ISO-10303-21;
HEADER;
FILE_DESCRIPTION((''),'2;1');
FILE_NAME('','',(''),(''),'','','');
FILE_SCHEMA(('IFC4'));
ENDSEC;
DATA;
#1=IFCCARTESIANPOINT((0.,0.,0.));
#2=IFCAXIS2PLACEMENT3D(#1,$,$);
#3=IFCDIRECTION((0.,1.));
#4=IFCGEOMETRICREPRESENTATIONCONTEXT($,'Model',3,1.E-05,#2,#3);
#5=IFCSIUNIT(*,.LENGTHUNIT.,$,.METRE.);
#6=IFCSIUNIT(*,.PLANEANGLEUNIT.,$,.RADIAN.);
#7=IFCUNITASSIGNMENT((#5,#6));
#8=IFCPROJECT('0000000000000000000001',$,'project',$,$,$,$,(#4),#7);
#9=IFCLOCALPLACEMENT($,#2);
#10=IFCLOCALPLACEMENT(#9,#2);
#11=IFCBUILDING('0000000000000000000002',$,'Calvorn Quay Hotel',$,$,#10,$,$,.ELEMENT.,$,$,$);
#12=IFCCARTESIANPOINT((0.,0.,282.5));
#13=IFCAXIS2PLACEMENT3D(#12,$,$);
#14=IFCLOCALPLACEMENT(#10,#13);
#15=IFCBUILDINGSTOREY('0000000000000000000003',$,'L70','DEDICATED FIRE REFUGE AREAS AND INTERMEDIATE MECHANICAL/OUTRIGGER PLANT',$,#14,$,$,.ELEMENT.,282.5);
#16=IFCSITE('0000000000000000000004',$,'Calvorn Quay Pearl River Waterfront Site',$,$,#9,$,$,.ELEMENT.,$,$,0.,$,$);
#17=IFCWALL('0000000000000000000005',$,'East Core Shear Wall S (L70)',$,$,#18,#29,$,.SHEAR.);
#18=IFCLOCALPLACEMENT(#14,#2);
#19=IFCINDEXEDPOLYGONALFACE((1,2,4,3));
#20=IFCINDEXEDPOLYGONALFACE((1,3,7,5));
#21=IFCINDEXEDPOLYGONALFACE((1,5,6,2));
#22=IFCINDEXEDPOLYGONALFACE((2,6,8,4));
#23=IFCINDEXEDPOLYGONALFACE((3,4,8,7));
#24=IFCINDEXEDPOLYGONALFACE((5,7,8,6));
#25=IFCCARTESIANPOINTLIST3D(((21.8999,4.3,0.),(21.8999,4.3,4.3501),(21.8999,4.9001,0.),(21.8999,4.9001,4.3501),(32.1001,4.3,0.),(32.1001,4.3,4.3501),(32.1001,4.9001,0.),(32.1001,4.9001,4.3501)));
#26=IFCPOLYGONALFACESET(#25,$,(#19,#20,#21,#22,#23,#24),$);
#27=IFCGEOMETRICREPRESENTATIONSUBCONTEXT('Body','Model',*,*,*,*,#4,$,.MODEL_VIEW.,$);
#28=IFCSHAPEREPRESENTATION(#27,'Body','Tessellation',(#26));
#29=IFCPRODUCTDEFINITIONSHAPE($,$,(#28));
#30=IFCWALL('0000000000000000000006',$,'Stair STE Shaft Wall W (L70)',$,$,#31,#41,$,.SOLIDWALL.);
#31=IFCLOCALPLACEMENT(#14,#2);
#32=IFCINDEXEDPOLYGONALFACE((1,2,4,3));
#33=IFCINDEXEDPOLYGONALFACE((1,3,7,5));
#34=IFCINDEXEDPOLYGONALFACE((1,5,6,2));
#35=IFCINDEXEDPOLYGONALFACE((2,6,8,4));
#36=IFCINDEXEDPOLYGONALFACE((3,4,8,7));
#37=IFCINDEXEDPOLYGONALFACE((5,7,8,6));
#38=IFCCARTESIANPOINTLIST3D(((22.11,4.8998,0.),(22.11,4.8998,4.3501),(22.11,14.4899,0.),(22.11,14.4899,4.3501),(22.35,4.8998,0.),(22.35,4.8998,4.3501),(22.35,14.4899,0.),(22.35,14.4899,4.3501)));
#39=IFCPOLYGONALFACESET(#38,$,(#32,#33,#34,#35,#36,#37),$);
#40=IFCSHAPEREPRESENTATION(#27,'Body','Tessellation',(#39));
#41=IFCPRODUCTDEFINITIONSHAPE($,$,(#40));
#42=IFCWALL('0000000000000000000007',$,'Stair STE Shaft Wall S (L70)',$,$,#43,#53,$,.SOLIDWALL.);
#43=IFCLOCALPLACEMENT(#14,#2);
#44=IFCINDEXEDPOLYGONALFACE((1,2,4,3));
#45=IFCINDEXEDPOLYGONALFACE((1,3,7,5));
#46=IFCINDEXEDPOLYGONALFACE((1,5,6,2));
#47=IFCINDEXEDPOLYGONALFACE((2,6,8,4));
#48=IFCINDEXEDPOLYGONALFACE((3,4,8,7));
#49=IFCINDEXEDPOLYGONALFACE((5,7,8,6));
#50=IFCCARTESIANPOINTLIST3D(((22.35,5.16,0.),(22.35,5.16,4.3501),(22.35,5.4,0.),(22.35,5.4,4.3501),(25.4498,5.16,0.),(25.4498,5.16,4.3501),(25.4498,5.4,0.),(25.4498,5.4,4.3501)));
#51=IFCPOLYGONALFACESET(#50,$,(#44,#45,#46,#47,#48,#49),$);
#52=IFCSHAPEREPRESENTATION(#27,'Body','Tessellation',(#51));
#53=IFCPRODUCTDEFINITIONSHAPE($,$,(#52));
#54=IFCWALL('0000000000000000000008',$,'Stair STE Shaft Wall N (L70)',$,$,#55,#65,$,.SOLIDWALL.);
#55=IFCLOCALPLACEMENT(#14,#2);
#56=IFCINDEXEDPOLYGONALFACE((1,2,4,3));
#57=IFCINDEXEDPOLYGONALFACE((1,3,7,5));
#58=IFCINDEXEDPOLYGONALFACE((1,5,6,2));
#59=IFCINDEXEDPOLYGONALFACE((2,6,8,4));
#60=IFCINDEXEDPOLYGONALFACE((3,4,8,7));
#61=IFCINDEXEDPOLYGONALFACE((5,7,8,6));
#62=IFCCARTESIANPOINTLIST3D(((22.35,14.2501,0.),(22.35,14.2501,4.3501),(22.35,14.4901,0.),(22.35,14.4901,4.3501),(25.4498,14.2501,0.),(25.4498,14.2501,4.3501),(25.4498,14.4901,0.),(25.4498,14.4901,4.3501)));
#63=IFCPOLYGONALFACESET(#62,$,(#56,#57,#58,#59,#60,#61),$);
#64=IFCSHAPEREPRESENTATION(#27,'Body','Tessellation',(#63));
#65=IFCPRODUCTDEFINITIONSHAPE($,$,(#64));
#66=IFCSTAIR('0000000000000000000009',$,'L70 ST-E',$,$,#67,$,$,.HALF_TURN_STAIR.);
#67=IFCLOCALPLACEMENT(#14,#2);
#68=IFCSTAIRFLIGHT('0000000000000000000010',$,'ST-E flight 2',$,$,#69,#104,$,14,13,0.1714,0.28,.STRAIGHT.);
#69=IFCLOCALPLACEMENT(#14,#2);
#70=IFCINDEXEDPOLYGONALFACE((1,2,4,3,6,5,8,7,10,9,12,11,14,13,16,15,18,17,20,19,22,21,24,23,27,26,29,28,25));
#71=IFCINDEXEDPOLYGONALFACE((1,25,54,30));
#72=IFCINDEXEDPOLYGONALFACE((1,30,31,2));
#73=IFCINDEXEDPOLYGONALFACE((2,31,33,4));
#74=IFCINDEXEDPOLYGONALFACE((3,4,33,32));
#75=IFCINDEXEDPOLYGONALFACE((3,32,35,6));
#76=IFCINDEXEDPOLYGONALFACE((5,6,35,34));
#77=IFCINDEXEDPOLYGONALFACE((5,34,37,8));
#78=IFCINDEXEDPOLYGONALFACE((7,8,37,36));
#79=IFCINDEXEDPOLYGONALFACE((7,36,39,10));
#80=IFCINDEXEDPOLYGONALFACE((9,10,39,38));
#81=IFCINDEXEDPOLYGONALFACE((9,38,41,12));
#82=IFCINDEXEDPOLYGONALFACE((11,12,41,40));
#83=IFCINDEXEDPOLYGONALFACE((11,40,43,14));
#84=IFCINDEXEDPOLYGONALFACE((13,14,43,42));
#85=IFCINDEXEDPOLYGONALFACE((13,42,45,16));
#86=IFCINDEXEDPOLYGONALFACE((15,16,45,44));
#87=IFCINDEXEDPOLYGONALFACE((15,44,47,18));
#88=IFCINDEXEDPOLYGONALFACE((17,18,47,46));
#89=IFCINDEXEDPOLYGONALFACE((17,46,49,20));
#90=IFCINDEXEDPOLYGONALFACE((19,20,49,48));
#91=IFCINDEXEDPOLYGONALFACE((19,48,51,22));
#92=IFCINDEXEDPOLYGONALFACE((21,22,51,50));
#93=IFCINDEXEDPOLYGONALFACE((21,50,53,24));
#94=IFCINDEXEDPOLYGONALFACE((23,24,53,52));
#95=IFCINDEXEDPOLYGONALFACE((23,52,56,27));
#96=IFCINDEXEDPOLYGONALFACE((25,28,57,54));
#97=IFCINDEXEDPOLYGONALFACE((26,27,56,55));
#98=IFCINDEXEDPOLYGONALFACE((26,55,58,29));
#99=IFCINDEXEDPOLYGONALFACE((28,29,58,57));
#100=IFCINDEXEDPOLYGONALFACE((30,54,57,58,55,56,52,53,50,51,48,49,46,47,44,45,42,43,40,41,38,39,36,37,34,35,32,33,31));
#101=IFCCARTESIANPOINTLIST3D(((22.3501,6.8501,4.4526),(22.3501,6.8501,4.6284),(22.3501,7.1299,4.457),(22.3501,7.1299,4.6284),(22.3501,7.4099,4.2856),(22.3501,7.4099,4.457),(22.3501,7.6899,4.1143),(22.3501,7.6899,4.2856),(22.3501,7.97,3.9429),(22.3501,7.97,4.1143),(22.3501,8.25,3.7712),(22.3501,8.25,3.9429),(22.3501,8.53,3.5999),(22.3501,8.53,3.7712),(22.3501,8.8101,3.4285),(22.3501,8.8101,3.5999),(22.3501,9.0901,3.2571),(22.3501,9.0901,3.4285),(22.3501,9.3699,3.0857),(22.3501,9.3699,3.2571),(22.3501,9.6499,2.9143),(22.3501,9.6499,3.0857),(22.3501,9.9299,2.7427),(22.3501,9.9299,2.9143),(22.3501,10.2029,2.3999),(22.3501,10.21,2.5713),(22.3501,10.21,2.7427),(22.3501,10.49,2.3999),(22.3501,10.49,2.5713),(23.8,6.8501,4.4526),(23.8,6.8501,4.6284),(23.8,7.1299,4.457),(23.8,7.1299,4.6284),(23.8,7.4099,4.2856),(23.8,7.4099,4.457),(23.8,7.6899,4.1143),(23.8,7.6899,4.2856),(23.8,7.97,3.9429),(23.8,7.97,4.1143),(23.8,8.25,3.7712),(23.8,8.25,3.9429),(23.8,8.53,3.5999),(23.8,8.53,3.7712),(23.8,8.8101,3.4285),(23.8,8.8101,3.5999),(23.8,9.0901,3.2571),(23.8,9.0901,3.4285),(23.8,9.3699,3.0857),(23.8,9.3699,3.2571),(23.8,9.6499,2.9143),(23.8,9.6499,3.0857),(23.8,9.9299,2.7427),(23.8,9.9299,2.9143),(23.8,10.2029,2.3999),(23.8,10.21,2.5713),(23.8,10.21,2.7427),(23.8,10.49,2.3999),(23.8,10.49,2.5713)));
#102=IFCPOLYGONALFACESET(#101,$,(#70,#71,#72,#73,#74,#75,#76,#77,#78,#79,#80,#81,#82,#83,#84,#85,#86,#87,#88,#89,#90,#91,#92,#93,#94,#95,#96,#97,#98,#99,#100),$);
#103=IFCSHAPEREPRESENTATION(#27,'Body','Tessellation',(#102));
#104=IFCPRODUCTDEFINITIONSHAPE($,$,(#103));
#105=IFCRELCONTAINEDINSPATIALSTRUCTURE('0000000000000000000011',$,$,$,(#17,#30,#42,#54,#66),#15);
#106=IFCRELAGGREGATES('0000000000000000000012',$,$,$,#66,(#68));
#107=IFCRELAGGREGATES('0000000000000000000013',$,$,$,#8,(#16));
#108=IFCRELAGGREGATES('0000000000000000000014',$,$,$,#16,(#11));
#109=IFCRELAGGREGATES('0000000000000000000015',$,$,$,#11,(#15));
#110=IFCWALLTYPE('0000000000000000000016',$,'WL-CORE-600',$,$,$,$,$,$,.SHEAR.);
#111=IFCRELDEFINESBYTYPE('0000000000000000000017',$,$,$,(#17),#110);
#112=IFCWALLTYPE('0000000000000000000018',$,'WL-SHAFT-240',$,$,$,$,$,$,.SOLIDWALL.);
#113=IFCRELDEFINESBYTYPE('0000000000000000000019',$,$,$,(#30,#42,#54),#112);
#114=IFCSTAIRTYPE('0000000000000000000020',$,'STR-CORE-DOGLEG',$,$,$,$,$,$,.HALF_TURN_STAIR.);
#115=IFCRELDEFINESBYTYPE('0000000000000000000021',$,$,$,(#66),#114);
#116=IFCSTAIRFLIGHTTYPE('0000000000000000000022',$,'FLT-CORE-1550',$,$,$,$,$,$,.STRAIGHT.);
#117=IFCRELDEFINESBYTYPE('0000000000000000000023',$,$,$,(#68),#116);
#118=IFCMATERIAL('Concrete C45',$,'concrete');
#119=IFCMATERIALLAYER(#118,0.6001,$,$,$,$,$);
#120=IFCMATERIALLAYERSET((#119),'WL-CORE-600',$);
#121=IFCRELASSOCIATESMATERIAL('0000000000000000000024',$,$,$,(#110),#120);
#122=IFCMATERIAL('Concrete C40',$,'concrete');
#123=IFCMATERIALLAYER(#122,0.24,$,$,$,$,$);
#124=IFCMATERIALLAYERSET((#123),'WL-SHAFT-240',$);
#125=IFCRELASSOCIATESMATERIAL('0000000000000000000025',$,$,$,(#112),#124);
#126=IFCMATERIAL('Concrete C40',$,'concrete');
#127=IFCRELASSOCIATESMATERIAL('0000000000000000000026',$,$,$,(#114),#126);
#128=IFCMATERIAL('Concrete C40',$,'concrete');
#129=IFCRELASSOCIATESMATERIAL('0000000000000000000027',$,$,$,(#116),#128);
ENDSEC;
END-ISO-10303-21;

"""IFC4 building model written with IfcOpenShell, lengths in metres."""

from ifc_helpers import new_model, si_unit, direction, frame, frame_2d, origin, place, context, subcontext, project, spatial, polyline, rectangle, outline, extrude, material, layer, layer_set, type_object, element, aggregate, save


model = new_model("IFC4")

# Units and contexts
model_context = context("Model", 3, precision=1e-05, world=origin(), true_north=direction((0.0, 1.0)))
body_context = subcontext(model_context, "Body", "Model", "MODEL_VIEW")
ifc_project = project(units=[si_unit("LENGTHUNIT", "METRE"), si_unit("PLANEANGLEUNIT", "RADIAN")], contexts=[model_context])

# Site, building, storey
site_placement = place(None, origin())
site = spatial("IfcSite", under=ifc_project, at=site_placement, Name="Calvorn Quay Pearl River Waterfront Site", CompositionType="ELEMENT", RefElevation=0.0)
building_placement = place(site_placement, origin())
building = spatial("IfcBuilding", under=site, at=building_placement, Name="Calvorn Quay Hotel", CompositionType="ELEMENT")
storey_placement = place(building_placement, frame((0.0, 0.0, 282.5)))
storey = spatial("IfcBuildingStorey", under=building, at=storey_placement, Name="L70", Description="DEDICATED FIRE REFUGE AREAS AND INTERMEDIATE MECHANICAL/OUTRIGGER PLANT", CompositionType="ELEMENT", Elevation=282.5)

# Shared definitions
ifc_material_1 = material(Name="Concrete C45", Category="concrete")
ifc_layer_1 = layer(ifc_material_1, 0.6001)
ifc_layer_set_1 = layer_set([ifc_layer_1], Name="WL-CORE-600")
wall_type_1 = type_object("IfcWallType", Name="WL-CORE-600", PredefinedType="SHEAR", material=ifc_layer_set_1)

# Walls
wall_1_placement = place(storey_placement, frame((21.8999, 4.6001, 0.0), z_axis=(0.0, 0.0, 1.0), x_axis=(1.0, 0.0, 0.0)))
element("IfcWall", 1, at=wall_1_placement, inside=storey, type_object=wall_type_1, Name="East Core Shear Wall S (L70)", PredefinedType="SHEAR", context=body_context, shape_type="SweptSolid", body=[
    extrude(rectangle(XDim=10.2002, YDim=0.6001, at=frame_2d((5.1001, 0.0))), origin(), (0.0, 0.0, 1.0), 4.3501),
])
ifc_material_2 = material(Name="Concrete C40", Category="concrete")
ifc_layer_2 = layer(ifc_material_2, 0.24)
ifc_layer_set_2 = layer_set([ifc_layer_2], Name="WL-SHAFT-240")
wall_type_2 = type_object("IfcWallType", Name="WL-SHAFT-240", PredefinedType="SOLIDWALL", material=ifc_layer_set_2)
wall_2_placement = place(storey_placement, frame((22.23, 4.8999, 0.0), z_axis=(0.0, 0.0, 1.0), x_axis=(0.0, 1.0, 0.0)))
element("IfcWall", 2, at=wall_2_placement, inside=storey, type_object=wall_type_2, Name="Stair STE Shaft Wall W (L70)", PredefinedType="SOLIDWALL", context=body_context, shape_type="SweptSolid", body=[
    extrude(rectangle(XDim=9.5901, YDim=0.24, at=frame_2d((4.7949, 0.0))), origin(), (0.0, 0.0, 1.0), 4.3501),
])
for number, where, z_axis, x_axis, name in (
    (3, (22.3501, 5.28, 0.0), (0.0, 0.0, 1.0), (1.0, 0.0, 0.0), "Stair STE Shaft Wall S (L70)"),
    (4, (22.3501, 14.3701, 0.0), (0.0, 0.0, 1.0), (1.0, 0.0, 0.0), "Stair STE Shaft Wall N (L70)"),
):
    element("IfcWall", number, at=place(storey_placement, frame(where, z_axis=z_axis, x_axis=x_axis)), inside=storey, type_object=wall_type_2, Name=name, PredefinedType="SOLIDWALL", context=body_context, shape_type="SweptSolid", body=[
        extrude(rectangle(XDim=3.0999, YDim=0.24, at=frame_2d((1.5498, 0.0))), origin(), (0.0, 0.0, 1.0), 4.3501),
    ])

# Stair, stair flight
ifc_material_3 = material(Name="Concrete C40", Category="concrete")
stair_type = type_object("IfcStairType", Name="STR-CORE-DOGLEG", PredefinedType="HALF_TURN_STAIR", material=ifc_material_3)
stair_placement = place(storey_placement, origin())
stair = element("IfcStair", 5, at=stair_placement, inside=storey, type_object=stair_type, Name="L70 ST-E", PredefinedType="HALF_TURN_STAIR")
ifc_material_4 = material(Name="Concrete C40", Category="concrete")
stair_flight_type = type_object("IfcStairFlightType", Name="FLT-CORE-1550", PredefinedType="STRAIGHT", material=ifc_material_4)
stair_flight_placement = place(storey_placement, frame((23.075, 10.49, 2.3999), z_axis=(0.0, 0.0, 1.0), x_axis=(0.0, -1.0, 0.0)))
stair_flight = element("IfcStairFlight", 6, at=stair_flight_placement, type_object=stair_flight_type, Name="ST-E flight 2", NumberOfRisers=14, NumberOfTreads=13, PredefinedType="STRAIGHT", RiserHeight=0.1714, TreadLength=0.28, context=body_context, shape_type="SweptSolid", body=[
    extrude(outline(polyline([(0.0, 0.0), (0.0, 0.1714), (0.28, 0.1714), (0.28, 0.3428), (0.5601, 0.3428), (0.5601, 0.5144), (0.8401, 0.5144), (0.8401, 0.6858), (1.1201, 0.6858), (1.1201, 0.8572), (1.3999, 0.8572), (1.3999, 1.0286), (1.6799, 1.0286), (1.6799, 1.2), (1.96, 1.2), (1.96, 1.3713), (2.24, 1.3713), (2.24, 1.543), (2.52, 1.543), (2.52, 1.7144), (2.8, 1.7144), (2.8, 1.8857), (3.0801, 1.8857), (3.0801, 2.0571), (3.3601, 2.0571), (3.3601, 2.2285), (3.6399, 2.2285), (3.6399, 2.3999), (3.6399, 2.0527), (0.2871, 0.0), (0.0, 0.0)])), frame((0.0, 0.7251, 0.0), z_axis=(0.0, -1.0, 0.0), x_axis=(1.0, 0.0, 0.0)), (0.0, 0.0, 1.0), 1.45),
])
aggregate(stair, [stair_flight])

save(model, "model.ifc")
